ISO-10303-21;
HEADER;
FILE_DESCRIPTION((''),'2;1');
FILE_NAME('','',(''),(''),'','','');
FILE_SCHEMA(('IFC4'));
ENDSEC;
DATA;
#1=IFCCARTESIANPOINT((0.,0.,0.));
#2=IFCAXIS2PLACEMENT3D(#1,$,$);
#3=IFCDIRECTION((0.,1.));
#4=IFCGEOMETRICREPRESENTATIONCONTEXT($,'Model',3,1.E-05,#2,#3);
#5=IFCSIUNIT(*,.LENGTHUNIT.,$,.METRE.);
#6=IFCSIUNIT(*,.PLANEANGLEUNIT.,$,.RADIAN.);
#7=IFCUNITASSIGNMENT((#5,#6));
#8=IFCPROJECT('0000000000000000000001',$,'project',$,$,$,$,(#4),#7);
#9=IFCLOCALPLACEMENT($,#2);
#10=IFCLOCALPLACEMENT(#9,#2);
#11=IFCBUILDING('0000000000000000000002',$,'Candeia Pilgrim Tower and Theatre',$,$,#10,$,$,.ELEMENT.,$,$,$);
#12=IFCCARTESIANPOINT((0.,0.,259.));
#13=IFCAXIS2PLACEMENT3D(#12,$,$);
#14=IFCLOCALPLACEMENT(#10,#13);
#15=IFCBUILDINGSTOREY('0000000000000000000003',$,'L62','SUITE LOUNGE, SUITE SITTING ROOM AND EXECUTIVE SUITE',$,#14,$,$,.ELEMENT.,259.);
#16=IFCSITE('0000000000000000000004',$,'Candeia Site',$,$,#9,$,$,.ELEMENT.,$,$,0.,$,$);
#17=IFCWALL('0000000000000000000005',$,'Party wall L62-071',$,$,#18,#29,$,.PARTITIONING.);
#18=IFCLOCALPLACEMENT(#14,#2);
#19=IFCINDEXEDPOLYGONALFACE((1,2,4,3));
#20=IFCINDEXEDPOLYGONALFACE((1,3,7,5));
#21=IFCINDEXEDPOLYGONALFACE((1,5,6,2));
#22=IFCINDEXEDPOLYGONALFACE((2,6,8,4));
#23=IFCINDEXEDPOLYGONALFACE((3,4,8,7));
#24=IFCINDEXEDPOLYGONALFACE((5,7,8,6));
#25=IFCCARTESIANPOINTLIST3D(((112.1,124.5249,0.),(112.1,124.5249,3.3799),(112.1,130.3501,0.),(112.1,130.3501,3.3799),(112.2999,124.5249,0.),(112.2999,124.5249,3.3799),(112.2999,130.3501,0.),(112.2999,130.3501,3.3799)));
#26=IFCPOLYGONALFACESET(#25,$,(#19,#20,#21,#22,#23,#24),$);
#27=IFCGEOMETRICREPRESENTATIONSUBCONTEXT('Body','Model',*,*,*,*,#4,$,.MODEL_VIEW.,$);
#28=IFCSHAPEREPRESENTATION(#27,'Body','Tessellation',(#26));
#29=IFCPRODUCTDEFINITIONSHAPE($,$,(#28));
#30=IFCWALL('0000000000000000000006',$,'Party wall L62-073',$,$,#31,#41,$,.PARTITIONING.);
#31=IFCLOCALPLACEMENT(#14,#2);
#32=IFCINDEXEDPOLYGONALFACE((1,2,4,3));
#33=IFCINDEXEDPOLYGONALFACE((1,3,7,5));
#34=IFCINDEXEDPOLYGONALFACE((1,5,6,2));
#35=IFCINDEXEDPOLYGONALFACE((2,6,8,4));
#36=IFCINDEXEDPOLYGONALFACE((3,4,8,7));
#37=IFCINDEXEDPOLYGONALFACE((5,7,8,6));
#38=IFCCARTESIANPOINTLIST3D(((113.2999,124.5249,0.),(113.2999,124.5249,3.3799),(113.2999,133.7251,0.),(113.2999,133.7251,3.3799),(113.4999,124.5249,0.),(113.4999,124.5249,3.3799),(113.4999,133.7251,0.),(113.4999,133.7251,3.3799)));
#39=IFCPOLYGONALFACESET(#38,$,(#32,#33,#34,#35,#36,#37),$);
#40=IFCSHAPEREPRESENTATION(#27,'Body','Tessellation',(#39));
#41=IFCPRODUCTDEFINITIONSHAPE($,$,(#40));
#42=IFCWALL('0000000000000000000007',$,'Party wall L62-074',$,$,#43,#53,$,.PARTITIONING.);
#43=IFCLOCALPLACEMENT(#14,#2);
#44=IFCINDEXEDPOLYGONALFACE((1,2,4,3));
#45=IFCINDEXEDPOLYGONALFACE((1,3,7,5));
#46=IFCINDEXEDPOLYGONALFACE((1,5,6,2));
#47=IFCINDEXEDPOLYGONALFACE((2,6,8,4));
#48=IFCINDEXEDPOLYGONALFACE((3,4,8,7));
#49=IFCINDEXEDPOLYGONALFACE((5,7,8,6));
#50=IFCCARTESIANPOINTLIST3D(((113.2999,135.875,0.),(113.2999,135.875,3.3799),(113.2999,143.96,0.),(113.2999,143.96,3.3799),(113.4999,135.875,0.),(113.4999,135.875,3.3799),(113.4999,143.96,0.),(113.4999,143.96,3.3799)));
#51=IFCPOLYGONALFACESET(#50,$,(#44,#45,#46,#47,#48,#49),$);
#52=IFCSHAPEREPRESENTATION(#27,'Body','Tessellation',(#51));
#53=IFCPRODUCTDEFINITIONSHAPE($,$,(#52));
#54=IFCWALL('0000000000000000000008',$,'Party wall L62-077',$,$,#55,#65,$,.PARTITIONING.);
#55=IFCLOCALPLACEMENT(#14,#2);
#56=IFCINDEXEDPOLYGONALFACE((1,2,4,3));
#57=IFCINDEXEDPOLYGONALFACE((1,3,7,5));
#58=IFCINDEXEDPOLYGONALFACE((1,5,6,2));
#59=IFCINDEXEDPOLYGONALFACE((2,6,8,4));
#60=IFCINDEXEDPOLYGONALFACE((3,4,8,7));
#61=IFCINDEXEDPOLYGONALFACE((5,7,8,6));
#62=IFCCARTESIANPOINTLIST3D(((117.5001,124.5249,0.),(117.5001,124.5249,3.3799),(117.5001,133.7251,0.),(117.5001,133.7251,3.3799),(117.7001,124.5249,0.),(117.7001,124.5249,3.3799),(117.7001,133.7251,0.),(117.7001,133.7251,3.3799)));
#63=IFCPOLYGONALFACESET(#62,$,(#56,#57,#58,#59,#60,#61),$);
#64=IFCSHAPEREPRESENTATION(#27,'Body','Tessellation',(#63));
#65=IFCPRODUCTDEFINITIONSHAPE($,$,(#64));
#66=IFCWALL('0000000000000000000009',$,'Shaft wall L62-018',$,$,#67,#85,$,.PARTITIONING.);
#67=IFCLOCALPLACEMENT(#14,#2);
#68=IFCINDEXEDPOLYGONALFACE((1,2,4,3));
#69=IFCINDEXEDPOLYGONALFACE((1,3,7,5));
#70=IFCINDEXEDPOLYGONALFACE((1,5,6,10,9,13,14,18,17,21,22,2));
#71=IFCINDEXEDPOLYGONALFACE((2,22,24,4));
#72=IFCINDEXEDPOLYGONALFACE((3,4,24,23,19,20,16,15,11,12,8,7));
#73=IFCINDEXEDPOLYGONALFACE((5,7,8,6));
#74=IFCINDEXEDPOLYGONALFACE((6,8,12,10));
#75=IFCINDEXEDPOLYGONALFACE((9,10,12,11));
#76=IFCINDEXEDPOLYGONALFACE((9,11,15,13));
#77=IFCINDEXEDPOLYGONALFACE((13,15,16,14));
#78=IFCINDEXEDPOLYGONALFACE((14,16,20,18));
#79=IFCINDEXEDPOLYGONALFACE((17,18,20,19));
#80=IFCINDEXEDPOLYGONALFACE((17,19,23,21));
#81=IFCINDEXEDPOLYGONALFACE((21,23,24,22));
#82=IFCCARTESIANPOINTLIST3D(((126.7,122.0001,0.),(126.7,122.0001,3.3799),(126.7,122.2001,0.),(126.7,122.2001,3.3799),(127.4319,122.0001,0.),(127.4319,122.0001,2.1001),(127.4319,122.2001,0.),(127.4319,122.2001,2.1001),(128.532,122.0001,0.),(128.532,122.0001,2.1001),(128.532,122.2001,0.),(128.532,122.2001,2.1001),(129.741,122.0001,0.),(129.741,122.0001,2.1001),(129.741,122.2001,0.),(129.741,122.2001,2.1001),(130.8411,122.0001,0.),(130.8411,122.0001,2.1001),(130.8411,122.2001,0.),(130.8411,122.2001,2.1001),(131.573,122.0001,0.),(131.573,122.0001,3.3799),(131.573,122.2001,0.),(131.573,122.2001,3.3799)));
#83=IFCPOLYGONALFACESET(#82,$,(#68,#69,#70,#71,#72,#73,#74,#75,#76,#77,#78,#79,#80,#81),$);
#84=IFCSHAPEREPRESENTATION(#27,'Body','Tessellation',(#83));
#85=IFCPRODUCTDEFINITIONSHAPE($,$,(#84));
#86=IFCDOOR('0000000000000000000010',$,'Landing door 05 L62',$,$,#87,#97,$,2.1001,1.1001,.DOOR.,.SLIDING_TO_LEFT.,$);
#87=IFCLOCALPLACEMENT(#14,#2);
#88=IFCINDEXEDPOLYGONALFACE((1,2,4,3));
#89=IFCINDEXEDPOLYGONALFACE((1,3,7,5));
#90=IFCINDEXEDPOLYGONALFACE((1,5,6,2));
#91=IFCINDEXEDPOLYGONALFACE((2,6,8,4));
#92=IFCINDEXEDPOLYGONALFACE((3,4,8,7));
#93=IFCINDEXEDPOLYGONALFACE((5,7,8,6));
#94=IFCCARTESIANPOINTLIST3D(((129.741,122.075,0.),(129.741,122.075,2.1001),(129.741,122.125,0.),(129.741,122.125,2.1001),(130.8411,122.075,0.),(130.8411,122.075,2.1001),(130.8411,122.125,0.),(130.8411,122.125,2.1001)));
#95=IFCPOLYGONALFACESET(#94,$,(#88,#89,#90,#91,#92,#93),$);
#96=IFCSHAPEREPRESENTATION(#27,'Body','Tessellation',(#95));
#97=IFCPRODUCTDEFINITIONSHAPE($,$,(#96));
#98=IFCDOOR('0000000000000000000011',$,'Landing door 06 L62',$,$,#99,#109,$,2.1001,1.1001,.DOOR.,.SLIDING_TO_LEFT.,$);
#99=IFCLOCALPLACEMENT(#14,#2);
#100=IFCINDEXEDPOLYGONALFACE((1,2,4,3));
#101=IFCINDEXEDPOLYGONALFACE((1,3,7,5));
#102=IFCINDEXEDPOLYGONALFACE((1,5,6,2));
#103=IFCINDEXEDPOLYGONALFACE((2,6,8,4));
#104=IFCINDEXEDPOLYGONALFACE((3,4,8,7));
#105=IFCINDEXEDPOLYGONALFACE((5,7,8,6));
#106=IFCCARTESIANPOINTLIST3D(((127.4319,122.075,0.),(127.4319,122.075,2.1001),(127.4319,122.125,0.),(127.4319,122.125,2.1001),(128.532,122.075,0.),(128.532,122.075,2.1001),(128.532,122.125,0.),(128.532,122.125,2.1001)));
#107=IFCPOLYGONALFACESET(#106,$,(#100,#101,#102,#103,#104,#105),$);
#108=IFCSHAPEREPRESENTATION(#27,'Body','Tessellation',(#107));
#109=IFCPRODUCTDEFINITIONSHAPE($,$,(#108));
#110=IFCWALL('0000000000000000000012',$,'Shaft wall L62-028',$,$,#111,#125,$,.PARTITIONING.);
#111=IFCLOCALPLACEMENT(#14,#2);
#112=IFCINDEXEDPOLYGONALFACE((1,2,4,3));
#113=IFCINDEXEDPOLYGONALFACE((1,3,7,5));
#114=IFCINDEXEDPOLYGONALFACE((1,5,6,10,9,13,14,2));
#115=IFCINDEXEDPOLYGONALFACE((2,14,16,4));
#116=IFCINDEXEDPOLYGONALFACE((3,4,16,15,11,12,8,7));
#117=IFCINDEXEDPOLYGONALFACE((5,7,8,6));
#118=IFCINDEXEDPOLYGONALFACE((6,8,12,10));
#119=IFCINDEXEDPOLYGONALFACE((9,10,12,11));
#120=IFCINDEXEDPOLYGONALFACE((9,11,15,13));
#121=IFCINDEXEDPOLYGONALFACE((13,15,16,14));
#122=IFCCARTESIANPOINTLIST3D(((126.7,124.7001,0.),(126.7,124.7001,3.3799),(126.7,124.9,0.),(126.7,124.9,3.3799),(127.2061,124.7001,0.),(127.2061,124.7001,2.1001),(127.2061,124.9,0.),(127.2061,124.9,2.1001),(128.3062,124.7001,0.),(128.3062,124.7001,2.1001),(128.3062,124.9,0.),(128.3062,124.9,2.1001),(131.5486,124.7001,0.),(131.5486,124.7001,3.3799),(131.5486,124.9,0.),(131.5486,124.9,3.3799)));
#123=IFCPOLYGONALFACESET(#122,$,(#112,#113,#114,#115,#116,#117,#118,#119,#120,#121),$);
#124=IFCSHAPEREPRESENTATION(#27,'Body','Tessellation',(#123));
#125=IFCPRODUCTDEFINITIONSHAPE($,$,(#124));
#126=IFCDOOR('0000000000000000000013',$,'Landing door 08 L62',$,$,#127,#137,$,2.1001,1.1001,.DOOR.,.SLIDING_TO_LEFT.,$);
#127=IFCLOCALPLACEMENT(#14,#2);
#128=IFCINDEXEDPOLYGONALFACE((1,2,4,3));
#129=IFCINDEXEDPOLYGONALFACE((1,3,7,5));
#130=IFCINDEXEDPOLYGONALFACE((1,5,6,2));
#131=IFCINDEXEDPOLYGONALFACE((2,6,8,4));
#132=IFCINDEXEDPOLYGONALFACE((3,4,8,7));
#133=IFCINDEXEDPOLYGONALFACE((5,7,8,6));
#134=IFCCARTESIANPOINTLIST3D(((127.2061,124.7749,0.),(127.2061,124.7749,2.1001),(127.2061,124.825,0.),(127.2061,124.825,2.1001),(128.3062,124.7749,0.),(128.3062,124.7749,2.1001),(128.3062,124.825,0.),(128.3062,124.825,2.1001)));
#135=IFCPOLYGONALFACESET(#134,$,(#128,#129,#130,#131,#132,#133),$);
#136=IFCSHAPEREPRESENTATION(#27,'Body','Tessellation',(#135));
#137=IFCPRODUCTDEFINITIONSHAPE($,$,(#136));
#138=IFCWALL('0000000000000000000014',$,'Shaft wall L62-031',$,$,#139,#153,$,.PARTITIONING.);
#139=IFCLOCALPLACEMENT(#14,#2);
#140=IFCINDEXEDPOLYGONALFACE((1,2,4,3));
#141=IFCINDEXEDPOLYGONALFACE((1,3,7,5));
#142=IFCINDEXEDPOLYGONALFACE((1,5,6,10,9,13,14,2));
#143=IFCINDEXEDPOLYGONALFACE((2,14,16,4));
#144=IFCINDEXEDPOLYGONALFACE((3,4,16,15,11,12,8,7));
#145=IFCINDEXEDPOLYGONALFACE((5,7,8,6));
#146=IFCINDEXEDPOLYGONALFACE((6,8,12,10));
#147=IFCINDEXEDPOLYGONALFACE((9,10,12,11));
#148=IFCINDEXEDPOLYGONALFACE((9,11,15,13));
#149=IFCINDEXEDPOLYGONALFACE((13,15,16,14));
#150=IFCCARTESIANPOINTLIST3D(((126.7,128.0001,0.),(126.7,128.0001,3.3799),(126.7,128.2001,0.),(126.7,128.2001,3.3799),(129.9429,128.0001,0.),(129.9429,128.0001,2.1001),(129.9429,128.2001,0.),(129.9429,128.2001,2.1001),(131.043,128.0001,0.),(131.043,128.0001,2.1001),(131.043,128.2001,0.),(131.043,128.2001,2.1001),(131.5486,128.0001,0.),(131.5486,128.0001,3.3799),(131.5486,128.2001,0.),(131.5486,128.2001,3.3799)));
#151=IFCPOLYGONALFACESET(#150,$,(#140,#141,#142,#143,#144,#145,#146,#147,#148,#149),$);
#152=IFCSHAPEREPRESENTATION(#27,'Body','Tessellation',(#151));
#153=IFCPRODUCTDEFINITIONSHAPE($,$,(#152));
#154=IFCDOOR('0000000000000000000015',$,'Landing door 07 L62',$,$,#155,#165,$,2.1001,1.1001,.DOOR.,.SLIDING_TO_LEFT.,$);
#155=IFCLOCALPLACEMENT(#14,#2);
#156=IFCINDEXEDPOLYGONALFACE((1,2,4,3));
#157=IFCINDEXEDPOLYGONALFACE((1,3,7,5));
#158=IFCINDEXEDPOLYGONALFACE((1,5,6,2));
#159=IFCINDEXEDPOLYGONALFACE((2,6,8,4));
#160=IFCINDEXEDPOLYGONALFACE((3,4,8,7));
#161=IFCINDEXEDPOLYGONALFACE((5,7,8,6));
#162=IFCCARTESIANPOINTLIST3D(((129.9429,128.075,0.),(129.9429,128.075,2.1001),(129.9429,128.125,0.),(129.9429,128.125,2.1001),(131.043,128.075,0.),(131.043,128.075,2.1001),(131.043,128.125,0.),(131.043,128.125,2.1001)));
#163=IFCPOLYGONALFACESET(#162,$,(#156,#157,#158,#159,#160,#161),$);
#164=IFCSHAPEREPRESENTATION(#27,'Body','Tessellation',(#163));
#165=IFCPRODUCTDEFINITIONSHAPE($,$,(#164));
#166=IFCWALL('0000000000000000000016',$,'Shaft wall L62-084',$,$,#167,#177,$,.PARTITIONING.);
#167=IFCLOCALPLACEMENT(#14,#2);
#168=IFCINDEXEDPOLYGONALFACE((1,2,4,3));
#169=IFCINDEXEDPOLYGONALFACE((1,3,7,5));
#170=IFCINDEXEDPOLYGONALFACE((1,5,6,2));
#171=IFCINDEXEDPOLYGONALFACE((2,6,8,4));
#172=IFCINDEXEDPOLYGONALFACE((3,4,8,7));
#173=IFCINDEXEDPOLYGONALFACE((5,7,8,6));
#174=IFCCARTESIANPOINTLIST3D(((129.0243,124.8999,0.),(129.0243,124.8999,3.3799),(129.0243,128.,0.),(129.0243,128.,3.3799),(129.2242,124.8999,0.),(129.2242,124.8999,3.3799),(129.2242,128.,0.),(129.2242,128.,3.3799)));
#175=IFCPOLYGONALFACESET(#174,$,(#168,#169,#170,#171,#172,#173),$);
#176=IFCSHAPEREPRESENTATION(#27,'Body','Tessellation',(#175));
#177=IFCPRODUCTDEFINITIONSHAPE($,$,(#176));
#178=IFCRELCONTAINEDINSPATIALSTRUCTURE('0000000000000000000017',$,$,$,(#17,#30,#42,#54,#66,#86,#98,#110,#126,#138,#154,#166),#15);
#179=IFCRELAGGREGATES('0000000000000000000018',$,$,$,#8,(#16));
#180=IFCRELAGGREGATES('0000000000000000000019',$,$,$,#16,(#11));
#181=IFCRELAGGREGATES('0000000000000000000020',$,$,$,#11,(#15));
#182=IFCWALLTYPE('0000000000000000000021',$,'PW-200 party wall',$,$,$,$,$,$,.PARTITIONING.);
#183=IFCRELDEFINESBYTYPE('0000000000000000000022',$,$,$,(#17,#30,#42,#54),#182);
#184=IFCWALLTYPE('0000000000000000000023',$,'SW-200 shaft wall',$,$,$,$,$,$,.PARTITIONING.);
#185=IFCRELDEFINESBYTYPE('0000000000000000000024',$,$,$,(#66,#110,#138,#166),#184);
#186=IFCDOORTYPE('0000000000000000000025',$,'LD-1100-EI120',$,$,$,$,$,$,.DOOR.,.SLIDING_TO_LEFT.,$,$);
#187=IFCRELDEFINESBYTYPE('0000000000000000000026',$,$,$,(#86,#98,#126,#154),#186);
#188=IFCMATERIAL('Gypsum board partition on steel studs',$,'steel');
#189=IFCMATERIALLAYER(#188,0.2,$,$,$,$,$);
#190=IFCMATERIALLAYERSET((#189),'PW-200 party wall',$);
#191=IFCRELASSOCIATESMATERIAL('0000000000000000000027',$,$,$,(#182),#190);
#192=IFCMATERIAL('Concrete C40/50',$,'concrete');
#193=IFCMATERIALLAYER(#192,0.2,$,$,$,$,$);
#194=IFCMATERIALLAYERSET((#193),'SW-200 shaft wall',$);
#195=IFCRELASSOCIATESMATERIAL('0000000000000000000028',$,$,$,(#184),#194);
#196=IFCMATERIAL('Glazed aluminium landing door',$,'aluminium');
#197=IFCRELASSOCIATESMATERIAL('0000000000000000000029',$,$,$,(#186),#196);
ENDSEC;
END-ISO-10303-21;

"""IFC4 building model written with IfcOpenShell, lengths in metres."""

from ifc_helpers import new_model, si_unit, direction, frame, frame_2d, origin, place, context, subcontext, project, spatial, rectangle, extrude, material, layer, layer_set, type_object, element, fill, save


model = new_model("IFC4")

# Units and contexts
model_context = context("Model", 3, precision=1e-05, world=origin(), true_north=direction((0.0, 1.0)))
body_context = subcontext(model_context, "Body", "Model", "MODEL_VIEW")
ifc_project = project(units=[si_unit("LENGTHUNIT", "METRE"), si_unit("PLANEANGLEUNIT", "RADIAN")], contexts=[model_context])

# Site, building, storey
site_placement = place(None, origin())
site = spatial("IfcSite", under=ifc_project, at=site_placement, Name="Candeia Site", CompositionType="ELEMENT", RefElevation=0.0)
building_placement = place(site_placement, origin())
building = spatial("IfcBuilding", under=site, at=building_placement, Name="Candeia Pilgrim Tower and Theatre", CompositionType="ELEMENT")
storey_placement = place(building_placement, frame((0.0, 0.0, 259.0)))
storey = spatial("IfcBuildingStorey", under=building, at=storey_placement, Name="L62", Description="SUITE LOUNGE, SUITE SITTING ROOM AND EXECUTIVE SUITE", CompositionType="ELEMENT", Elevation=259.0)

# Shared definitions
ifc_material_1 = material(Name="Concrete C40/50", Category="concrete")

# Shared definitions
ifc_material_2 = material(Name="Gypsum board partition on steel studs", Category="steel")

# Walls
ifc_layer_1 = layer(ifc_material_2, 0.2)
ifc_layer_set_1 = layer_set([ifc_layer_1], Name="PW-200 party wall")
wall_type_1 = type_object("IfcWallType", Name="PW-200 party wall", PredefinedType="PARTITIONING", material=ifc_layer_set_1)
wall_1_placement = place(storey_placement, frame((112.2, 124.5249, 0.0), z_axis=(0.0, 0.0, 1.0), x_axis=(0.0, 1.0, 0.0)))
element("IfcWall", 1, at=wall_1_placement, inside=storey, type_object=wall_type_1, Name="Party wall L62-071", PredefinedType="PARTITIONING", context=body_context, shape_type="SweptSolid", body=[
    extrude(rectangle(XDim=5.8252, YDim=0.2, at=frame_2d((2.9126, 0.0))), origin(), (0.0, 0.0, 1.0), 3.3799),
])
wall_2_placement = place(storey_placement, frame((113.3999, 124.5249, 0.0), z_axis=(0.0, 0.0, 1.0), x_axis=(0.0, 1.0, 0.0)))
element("IfcWall", 2, at=wall_2_placement, inside=storey, type_object=wall_type_1, Name="Party wall L62-073", PredefinedType="PARTITIONING", context=body_context, shape_type="SweptSolid", body=[
    extrude(rectangle(XDim=9.2002, YDim=0.2, at=frame_2d((4.6001, 0.0))), origin(), (0.0, 0.0, 1.0), 3.3799),
])
wall_3_placement = place(storey_placement, frame((113.3999, 135.875, 0.0), z_axis=(0.0, 0.0, 1.0), x_axis=(0.0, 1.0, 0.0)))
element("IfcWall", 3, at=wall_3_placement, inside=storey, type_object=wall_type_1, Name="Party wall L62-074", PredefinedType="PARTITIONING", context=body_context, shape_type="SweptSolid", body=[
    extrude(rectangle(XDim=8.085, YDim=0.2, at=frame_2d((4.0425, 0.0))), origin(), (0.0, 0.0, 1.0), 3.3799),
])
wall_4_placement = place(storey_placement, frame((117.6001, 124.5249, 0.0), z_axis=(0.0, 0.0, 1.0), x_axis=(0.0, 1.0, 0.0)))
element("IfcWall", 4, at=wall_4_placement, inside=storey, type_object=wall_type_1, Name="Party wall L62-077", PredefinedType="PARTITIONING", context=body_context, shape_type="SweptSolid", body=[
    extrude(rectangle(XDim=9.2002, YDim=0.2, at=frame_2d((4.6001, 0.0))), origin(), (0.0, 0.0, 1.0), 3.3799),
])

# Wall, openings, doors
ifc_layer_2 = layer(ifc_material_1, 0.2)
ifc_layer_set_2 = layer_set([ifc_layer_2], Name="SW-200 shaft wall")
wall_type_2 = type_object("IfcWallType", Name="SW-200 shaft wall", PredefinedType="PARTITIONING", material=ifc_layer_set_2)
wall_5_placement = place(storey_placement, frame((126.7, 122.1001, 0.0), z_axis=(0.0, 0.0, 1.0), x_axis=(1.0, 0.0, 0.0)))
wall_5 = element("IfcWall", 5, at=wall_5_placement, inside=storey, type_object=wall_type_2, Name="Shaft wall L62-018", PredefinedType="PARTITIONING", context=body_context, shape_type="SweptSolid", body=[
    extrude(rectangle(XDim=4.873, YDim=0.2, at=frame_2d((2.4365, 0.0))), origin(), (0.0, 0.0, 1.0), 3.3799),
])
opening_1_placement = place(wall_5_placement, frame((3.041, 0.0, 0.0)))
opening_1 = element("IfcOpeningElement", 6, at=opening_1_placement, cuts=wall_5, PredefinedType="OPENING", context=body_context, shape_type="SweptSolid", body=[
    extrude(rectangle(XDim=1.1001, YDim=2.1001, at=frame_2d((0.55, 1.05))), frame((0.0, 0.1099, 0.0), z_axis=(0.0, -1.0, 0.0), x_axis=(1.0, 0.0, 0.0)), (0.0, 0.0, 1.0), 0.22),
])
opening_2_placement = place(wall_5_placement, frame((0.7319, 0.0, 0.0)))
opening_2 = element("IfcOpeningElement", 7, at=opening_2_placement, cuts=wall_5, PredefinedType="OPENING", context=body_context, shape_type="SweptSolid", body=[
    extrude(rectangle(XDim=1.1001, YDim=2.1001, at=frame_2d((0.55, 1.05))), frame((0.0, 0.1099, 0.0), z_axis=(0.0, -1.0, 0.0), x_axis=(1.0, 0.0, 0.0)), (0.0, 0.0, 1.0), 0.22),
])
ifc_material_3 = material(Name="Glazed aluminium landing door", Category="aluminium")
door_type_1 = type_object("IfcDoorType", Name="LD-1100-EI120", OperationType="SLIDING_TO_LEFT", PredefinedType="DOOR", material=ifc_material_3)
door_1_placement = place(opening_1_placement, origin())
door_1 = element("IfcDoor", 8, at=door_1_placement, inside=storey, type_object=door_type_1, Name="Landing door 05 L62", OperationType="SLIDING_TO_LEFT", OverallHeight=2.1001, OverallWidth=1.1001, PredefinedType="DOOR", context=body_context, shape_type="SweptSolid", body=[
    extrude(rectangle(XDim=1.1001, YDim=2.1001, at=frame_2d((0.55, 1.05))), frame((0.0, 0.0249, 0.0), z_axis=(0.0, -1.0, 0.0), x_axis=(1.0, 0.0, 0.0)), (0.0, 0.0, 1.0), 0.05),
])
fill(opening_1, door_1)
door_2_placement = place(opening_2_placement, origin())
door_2 = element("IfcDoor", 9, at=door_2_placement, inside=storey, type_object=door_type_1, Name="Landing door 06 L62", OperationType="SLIDING_TO_LEFT", OverallHeight=2.1001, OverallWidth=1.1001, PredefinedType="DOOR", context=body_context, shape_type="SweptSolid", body=[
    extrude(rectangle(XDim=1.1001, YDim=2.1001, at=frame_2d((0.55, 1.05))), frame((0.0, 0.0249, 0.0), z_axis=(0.0, -1.0, 0.0), x_axis=(1.0, 0.0, 0.0)), (0.0, 0.0, 1.0), 0.05),
])
fill(opening_2, door_2)

# Walls, openings, doors
wall_6_placement = place(storey_placement, frame((126.7, 124.8, 0.0), z_axis=(0.0, 0.0, 1.0), x_axis=(1.0, 0.0, 0.0)))
wall_6 = element("IfcWall", 10, at=wall_6_placement, inside=storey, type_object=wall_type_2, Name="Shaft wall L62-028", PredefinedType="PARTITIONING", context=body_context, shape_type="SweptSolid", body=[
    extrude(rectangle(XDim=4.8486, YDim=0.2, at=frame_2d((2.4243, 0.0))), origin(), (0.0, 0.0, 1.0), 3.3799),
])
opening_3_placement = place(wall_6_placement, frame((0.5061, 0.0, 0.0)))
opening_3 = element("IfcOpeningElement", 11, at=opening_3_placement, cuts=wall_6, PredefinedType="OPENING", context=body_context, shape_type="SweptSolid", body=[
    extrude(rectangle(XDim=1.1001, YDim=2.1001, at=frame_2d((0.55, 1.05))), frame((0.0, 0.1099, 0.0), z_axis=(0.0, -1.0, 0.0), x_axis=(1.0, 0.0, 0.0)), (0.0, 0.0, 1.0), 0.22),
])
door_3_placement = place(opening_3_placement, origin())
door_3 = element("IfcDoor", 12, at=door_3_placement, inside=storey, type_object=door_type_1, Name="Landing door 08 L62", OperationType="SLIDING_TO_LEFT", OverallHeight=2.1001, OverallWidth=1.1001, PredefinedType="DOOR", context=body_context, shape_type="SweptSolid", body=[
    extrude(rectangle(XDim=1.1001, YDim=2.1001, at=frame_2d((0.55, 1.05))), frame((0.0, 0.0249, 0.0), z_axis=(0.0, -1.0, 0.0), x_axis=(1.0, 0.0, 0.0)), (0.0, 0.0, 1.0), 0.05),
])
fill(opening_3, door_3)
wall_7_placement = place(storey_placement, frame((126.7, 128.1001, 0.0), z_axis=(0.0, 0.0, 1.0), x_axis=(1.0, 0.0, 0.0)))
wall_7 = element("IfcWall", 13, at=wall_7_placement, inside=storey, type_object=wall_type_2, Name="Shaft wall L62-031", PredefinedType="PARTITIONING", context=body_context, shape_type="SweptSolid", body=[
    extrude(rectangle(XDim=4.8486, YDim=0.2, at=frame_2d((2.4243, 0.0))), origin(), (0.0, 0.0, 1.0), 3.3799),
])
opening_4_placement = place(wall_7_placement, frame((3.2429, 0.0, 0.0)))
opening_4 = element("IfcOpeningElement", 14, at=opening_4_placement, cuts=wall_7, PredefinedType="OPENING", context=body_context, shape_type="SweptSolid", body=[
    extrude(rectangle(XDim=1.1001, YDim=2.1001, at=frame_2d((0.55, 1.05))), frame((0.0, 0.1099, 0.0), z_axis=(0.0, -1.0, 0.0), x_axis=(1.0, 0.0, 0.0)), (0.0, 0.0, 1.0), 0.22),
])
door_4_placement = place(opening_4_placement, origin())
door_4 = element("IfcDoor", 15, at=door_4_placement, inside=storey, type_object=door_type_1, Name="Landing door 07 L62", OperationType="SLIDING_TO_LEFT", OverallHeight=2.1001, OverallWidth=1.1001, PredefinedType="DOOR", context=body_context, shape_type="SweptSolid", body=[
    extrude(rectangle(XDim=1.1001, YDim=2.1001, at=frame_2d((0.55, 1.05))), frame((0.0, 0.0249, 0.0), z_axis=(0.0, -1.0, 0.0), x_axis=(1.0, 0.0, 0.0)), (0.0, 0.0, 1.0), 0.05),
])
fill(opening_4, door_4)

# Wall
wall_8_placement = place(storey_placement, frame((129.1243, 124.8999, 0.0), z_axis=(0.0, 0.0, 1.0), x_axis=(0.0, 1.0, 0.0)))
element("IfcWall", 16, at=wall_8_placement, inside=storey, type_object=wall_type_2, Name="Shaft wall L62-084", PredefinedType="PARTITIONING", context=body_context, shape_type="SweptSolid", body=[
    extrude(rectangle(XDim=3.1001, YDim=0.2, at=frame_2d((1.55, 0.0))), origin(), (0.0, 0.0, 1.0), 3.3799),
])

save(model, "model.ifc")
